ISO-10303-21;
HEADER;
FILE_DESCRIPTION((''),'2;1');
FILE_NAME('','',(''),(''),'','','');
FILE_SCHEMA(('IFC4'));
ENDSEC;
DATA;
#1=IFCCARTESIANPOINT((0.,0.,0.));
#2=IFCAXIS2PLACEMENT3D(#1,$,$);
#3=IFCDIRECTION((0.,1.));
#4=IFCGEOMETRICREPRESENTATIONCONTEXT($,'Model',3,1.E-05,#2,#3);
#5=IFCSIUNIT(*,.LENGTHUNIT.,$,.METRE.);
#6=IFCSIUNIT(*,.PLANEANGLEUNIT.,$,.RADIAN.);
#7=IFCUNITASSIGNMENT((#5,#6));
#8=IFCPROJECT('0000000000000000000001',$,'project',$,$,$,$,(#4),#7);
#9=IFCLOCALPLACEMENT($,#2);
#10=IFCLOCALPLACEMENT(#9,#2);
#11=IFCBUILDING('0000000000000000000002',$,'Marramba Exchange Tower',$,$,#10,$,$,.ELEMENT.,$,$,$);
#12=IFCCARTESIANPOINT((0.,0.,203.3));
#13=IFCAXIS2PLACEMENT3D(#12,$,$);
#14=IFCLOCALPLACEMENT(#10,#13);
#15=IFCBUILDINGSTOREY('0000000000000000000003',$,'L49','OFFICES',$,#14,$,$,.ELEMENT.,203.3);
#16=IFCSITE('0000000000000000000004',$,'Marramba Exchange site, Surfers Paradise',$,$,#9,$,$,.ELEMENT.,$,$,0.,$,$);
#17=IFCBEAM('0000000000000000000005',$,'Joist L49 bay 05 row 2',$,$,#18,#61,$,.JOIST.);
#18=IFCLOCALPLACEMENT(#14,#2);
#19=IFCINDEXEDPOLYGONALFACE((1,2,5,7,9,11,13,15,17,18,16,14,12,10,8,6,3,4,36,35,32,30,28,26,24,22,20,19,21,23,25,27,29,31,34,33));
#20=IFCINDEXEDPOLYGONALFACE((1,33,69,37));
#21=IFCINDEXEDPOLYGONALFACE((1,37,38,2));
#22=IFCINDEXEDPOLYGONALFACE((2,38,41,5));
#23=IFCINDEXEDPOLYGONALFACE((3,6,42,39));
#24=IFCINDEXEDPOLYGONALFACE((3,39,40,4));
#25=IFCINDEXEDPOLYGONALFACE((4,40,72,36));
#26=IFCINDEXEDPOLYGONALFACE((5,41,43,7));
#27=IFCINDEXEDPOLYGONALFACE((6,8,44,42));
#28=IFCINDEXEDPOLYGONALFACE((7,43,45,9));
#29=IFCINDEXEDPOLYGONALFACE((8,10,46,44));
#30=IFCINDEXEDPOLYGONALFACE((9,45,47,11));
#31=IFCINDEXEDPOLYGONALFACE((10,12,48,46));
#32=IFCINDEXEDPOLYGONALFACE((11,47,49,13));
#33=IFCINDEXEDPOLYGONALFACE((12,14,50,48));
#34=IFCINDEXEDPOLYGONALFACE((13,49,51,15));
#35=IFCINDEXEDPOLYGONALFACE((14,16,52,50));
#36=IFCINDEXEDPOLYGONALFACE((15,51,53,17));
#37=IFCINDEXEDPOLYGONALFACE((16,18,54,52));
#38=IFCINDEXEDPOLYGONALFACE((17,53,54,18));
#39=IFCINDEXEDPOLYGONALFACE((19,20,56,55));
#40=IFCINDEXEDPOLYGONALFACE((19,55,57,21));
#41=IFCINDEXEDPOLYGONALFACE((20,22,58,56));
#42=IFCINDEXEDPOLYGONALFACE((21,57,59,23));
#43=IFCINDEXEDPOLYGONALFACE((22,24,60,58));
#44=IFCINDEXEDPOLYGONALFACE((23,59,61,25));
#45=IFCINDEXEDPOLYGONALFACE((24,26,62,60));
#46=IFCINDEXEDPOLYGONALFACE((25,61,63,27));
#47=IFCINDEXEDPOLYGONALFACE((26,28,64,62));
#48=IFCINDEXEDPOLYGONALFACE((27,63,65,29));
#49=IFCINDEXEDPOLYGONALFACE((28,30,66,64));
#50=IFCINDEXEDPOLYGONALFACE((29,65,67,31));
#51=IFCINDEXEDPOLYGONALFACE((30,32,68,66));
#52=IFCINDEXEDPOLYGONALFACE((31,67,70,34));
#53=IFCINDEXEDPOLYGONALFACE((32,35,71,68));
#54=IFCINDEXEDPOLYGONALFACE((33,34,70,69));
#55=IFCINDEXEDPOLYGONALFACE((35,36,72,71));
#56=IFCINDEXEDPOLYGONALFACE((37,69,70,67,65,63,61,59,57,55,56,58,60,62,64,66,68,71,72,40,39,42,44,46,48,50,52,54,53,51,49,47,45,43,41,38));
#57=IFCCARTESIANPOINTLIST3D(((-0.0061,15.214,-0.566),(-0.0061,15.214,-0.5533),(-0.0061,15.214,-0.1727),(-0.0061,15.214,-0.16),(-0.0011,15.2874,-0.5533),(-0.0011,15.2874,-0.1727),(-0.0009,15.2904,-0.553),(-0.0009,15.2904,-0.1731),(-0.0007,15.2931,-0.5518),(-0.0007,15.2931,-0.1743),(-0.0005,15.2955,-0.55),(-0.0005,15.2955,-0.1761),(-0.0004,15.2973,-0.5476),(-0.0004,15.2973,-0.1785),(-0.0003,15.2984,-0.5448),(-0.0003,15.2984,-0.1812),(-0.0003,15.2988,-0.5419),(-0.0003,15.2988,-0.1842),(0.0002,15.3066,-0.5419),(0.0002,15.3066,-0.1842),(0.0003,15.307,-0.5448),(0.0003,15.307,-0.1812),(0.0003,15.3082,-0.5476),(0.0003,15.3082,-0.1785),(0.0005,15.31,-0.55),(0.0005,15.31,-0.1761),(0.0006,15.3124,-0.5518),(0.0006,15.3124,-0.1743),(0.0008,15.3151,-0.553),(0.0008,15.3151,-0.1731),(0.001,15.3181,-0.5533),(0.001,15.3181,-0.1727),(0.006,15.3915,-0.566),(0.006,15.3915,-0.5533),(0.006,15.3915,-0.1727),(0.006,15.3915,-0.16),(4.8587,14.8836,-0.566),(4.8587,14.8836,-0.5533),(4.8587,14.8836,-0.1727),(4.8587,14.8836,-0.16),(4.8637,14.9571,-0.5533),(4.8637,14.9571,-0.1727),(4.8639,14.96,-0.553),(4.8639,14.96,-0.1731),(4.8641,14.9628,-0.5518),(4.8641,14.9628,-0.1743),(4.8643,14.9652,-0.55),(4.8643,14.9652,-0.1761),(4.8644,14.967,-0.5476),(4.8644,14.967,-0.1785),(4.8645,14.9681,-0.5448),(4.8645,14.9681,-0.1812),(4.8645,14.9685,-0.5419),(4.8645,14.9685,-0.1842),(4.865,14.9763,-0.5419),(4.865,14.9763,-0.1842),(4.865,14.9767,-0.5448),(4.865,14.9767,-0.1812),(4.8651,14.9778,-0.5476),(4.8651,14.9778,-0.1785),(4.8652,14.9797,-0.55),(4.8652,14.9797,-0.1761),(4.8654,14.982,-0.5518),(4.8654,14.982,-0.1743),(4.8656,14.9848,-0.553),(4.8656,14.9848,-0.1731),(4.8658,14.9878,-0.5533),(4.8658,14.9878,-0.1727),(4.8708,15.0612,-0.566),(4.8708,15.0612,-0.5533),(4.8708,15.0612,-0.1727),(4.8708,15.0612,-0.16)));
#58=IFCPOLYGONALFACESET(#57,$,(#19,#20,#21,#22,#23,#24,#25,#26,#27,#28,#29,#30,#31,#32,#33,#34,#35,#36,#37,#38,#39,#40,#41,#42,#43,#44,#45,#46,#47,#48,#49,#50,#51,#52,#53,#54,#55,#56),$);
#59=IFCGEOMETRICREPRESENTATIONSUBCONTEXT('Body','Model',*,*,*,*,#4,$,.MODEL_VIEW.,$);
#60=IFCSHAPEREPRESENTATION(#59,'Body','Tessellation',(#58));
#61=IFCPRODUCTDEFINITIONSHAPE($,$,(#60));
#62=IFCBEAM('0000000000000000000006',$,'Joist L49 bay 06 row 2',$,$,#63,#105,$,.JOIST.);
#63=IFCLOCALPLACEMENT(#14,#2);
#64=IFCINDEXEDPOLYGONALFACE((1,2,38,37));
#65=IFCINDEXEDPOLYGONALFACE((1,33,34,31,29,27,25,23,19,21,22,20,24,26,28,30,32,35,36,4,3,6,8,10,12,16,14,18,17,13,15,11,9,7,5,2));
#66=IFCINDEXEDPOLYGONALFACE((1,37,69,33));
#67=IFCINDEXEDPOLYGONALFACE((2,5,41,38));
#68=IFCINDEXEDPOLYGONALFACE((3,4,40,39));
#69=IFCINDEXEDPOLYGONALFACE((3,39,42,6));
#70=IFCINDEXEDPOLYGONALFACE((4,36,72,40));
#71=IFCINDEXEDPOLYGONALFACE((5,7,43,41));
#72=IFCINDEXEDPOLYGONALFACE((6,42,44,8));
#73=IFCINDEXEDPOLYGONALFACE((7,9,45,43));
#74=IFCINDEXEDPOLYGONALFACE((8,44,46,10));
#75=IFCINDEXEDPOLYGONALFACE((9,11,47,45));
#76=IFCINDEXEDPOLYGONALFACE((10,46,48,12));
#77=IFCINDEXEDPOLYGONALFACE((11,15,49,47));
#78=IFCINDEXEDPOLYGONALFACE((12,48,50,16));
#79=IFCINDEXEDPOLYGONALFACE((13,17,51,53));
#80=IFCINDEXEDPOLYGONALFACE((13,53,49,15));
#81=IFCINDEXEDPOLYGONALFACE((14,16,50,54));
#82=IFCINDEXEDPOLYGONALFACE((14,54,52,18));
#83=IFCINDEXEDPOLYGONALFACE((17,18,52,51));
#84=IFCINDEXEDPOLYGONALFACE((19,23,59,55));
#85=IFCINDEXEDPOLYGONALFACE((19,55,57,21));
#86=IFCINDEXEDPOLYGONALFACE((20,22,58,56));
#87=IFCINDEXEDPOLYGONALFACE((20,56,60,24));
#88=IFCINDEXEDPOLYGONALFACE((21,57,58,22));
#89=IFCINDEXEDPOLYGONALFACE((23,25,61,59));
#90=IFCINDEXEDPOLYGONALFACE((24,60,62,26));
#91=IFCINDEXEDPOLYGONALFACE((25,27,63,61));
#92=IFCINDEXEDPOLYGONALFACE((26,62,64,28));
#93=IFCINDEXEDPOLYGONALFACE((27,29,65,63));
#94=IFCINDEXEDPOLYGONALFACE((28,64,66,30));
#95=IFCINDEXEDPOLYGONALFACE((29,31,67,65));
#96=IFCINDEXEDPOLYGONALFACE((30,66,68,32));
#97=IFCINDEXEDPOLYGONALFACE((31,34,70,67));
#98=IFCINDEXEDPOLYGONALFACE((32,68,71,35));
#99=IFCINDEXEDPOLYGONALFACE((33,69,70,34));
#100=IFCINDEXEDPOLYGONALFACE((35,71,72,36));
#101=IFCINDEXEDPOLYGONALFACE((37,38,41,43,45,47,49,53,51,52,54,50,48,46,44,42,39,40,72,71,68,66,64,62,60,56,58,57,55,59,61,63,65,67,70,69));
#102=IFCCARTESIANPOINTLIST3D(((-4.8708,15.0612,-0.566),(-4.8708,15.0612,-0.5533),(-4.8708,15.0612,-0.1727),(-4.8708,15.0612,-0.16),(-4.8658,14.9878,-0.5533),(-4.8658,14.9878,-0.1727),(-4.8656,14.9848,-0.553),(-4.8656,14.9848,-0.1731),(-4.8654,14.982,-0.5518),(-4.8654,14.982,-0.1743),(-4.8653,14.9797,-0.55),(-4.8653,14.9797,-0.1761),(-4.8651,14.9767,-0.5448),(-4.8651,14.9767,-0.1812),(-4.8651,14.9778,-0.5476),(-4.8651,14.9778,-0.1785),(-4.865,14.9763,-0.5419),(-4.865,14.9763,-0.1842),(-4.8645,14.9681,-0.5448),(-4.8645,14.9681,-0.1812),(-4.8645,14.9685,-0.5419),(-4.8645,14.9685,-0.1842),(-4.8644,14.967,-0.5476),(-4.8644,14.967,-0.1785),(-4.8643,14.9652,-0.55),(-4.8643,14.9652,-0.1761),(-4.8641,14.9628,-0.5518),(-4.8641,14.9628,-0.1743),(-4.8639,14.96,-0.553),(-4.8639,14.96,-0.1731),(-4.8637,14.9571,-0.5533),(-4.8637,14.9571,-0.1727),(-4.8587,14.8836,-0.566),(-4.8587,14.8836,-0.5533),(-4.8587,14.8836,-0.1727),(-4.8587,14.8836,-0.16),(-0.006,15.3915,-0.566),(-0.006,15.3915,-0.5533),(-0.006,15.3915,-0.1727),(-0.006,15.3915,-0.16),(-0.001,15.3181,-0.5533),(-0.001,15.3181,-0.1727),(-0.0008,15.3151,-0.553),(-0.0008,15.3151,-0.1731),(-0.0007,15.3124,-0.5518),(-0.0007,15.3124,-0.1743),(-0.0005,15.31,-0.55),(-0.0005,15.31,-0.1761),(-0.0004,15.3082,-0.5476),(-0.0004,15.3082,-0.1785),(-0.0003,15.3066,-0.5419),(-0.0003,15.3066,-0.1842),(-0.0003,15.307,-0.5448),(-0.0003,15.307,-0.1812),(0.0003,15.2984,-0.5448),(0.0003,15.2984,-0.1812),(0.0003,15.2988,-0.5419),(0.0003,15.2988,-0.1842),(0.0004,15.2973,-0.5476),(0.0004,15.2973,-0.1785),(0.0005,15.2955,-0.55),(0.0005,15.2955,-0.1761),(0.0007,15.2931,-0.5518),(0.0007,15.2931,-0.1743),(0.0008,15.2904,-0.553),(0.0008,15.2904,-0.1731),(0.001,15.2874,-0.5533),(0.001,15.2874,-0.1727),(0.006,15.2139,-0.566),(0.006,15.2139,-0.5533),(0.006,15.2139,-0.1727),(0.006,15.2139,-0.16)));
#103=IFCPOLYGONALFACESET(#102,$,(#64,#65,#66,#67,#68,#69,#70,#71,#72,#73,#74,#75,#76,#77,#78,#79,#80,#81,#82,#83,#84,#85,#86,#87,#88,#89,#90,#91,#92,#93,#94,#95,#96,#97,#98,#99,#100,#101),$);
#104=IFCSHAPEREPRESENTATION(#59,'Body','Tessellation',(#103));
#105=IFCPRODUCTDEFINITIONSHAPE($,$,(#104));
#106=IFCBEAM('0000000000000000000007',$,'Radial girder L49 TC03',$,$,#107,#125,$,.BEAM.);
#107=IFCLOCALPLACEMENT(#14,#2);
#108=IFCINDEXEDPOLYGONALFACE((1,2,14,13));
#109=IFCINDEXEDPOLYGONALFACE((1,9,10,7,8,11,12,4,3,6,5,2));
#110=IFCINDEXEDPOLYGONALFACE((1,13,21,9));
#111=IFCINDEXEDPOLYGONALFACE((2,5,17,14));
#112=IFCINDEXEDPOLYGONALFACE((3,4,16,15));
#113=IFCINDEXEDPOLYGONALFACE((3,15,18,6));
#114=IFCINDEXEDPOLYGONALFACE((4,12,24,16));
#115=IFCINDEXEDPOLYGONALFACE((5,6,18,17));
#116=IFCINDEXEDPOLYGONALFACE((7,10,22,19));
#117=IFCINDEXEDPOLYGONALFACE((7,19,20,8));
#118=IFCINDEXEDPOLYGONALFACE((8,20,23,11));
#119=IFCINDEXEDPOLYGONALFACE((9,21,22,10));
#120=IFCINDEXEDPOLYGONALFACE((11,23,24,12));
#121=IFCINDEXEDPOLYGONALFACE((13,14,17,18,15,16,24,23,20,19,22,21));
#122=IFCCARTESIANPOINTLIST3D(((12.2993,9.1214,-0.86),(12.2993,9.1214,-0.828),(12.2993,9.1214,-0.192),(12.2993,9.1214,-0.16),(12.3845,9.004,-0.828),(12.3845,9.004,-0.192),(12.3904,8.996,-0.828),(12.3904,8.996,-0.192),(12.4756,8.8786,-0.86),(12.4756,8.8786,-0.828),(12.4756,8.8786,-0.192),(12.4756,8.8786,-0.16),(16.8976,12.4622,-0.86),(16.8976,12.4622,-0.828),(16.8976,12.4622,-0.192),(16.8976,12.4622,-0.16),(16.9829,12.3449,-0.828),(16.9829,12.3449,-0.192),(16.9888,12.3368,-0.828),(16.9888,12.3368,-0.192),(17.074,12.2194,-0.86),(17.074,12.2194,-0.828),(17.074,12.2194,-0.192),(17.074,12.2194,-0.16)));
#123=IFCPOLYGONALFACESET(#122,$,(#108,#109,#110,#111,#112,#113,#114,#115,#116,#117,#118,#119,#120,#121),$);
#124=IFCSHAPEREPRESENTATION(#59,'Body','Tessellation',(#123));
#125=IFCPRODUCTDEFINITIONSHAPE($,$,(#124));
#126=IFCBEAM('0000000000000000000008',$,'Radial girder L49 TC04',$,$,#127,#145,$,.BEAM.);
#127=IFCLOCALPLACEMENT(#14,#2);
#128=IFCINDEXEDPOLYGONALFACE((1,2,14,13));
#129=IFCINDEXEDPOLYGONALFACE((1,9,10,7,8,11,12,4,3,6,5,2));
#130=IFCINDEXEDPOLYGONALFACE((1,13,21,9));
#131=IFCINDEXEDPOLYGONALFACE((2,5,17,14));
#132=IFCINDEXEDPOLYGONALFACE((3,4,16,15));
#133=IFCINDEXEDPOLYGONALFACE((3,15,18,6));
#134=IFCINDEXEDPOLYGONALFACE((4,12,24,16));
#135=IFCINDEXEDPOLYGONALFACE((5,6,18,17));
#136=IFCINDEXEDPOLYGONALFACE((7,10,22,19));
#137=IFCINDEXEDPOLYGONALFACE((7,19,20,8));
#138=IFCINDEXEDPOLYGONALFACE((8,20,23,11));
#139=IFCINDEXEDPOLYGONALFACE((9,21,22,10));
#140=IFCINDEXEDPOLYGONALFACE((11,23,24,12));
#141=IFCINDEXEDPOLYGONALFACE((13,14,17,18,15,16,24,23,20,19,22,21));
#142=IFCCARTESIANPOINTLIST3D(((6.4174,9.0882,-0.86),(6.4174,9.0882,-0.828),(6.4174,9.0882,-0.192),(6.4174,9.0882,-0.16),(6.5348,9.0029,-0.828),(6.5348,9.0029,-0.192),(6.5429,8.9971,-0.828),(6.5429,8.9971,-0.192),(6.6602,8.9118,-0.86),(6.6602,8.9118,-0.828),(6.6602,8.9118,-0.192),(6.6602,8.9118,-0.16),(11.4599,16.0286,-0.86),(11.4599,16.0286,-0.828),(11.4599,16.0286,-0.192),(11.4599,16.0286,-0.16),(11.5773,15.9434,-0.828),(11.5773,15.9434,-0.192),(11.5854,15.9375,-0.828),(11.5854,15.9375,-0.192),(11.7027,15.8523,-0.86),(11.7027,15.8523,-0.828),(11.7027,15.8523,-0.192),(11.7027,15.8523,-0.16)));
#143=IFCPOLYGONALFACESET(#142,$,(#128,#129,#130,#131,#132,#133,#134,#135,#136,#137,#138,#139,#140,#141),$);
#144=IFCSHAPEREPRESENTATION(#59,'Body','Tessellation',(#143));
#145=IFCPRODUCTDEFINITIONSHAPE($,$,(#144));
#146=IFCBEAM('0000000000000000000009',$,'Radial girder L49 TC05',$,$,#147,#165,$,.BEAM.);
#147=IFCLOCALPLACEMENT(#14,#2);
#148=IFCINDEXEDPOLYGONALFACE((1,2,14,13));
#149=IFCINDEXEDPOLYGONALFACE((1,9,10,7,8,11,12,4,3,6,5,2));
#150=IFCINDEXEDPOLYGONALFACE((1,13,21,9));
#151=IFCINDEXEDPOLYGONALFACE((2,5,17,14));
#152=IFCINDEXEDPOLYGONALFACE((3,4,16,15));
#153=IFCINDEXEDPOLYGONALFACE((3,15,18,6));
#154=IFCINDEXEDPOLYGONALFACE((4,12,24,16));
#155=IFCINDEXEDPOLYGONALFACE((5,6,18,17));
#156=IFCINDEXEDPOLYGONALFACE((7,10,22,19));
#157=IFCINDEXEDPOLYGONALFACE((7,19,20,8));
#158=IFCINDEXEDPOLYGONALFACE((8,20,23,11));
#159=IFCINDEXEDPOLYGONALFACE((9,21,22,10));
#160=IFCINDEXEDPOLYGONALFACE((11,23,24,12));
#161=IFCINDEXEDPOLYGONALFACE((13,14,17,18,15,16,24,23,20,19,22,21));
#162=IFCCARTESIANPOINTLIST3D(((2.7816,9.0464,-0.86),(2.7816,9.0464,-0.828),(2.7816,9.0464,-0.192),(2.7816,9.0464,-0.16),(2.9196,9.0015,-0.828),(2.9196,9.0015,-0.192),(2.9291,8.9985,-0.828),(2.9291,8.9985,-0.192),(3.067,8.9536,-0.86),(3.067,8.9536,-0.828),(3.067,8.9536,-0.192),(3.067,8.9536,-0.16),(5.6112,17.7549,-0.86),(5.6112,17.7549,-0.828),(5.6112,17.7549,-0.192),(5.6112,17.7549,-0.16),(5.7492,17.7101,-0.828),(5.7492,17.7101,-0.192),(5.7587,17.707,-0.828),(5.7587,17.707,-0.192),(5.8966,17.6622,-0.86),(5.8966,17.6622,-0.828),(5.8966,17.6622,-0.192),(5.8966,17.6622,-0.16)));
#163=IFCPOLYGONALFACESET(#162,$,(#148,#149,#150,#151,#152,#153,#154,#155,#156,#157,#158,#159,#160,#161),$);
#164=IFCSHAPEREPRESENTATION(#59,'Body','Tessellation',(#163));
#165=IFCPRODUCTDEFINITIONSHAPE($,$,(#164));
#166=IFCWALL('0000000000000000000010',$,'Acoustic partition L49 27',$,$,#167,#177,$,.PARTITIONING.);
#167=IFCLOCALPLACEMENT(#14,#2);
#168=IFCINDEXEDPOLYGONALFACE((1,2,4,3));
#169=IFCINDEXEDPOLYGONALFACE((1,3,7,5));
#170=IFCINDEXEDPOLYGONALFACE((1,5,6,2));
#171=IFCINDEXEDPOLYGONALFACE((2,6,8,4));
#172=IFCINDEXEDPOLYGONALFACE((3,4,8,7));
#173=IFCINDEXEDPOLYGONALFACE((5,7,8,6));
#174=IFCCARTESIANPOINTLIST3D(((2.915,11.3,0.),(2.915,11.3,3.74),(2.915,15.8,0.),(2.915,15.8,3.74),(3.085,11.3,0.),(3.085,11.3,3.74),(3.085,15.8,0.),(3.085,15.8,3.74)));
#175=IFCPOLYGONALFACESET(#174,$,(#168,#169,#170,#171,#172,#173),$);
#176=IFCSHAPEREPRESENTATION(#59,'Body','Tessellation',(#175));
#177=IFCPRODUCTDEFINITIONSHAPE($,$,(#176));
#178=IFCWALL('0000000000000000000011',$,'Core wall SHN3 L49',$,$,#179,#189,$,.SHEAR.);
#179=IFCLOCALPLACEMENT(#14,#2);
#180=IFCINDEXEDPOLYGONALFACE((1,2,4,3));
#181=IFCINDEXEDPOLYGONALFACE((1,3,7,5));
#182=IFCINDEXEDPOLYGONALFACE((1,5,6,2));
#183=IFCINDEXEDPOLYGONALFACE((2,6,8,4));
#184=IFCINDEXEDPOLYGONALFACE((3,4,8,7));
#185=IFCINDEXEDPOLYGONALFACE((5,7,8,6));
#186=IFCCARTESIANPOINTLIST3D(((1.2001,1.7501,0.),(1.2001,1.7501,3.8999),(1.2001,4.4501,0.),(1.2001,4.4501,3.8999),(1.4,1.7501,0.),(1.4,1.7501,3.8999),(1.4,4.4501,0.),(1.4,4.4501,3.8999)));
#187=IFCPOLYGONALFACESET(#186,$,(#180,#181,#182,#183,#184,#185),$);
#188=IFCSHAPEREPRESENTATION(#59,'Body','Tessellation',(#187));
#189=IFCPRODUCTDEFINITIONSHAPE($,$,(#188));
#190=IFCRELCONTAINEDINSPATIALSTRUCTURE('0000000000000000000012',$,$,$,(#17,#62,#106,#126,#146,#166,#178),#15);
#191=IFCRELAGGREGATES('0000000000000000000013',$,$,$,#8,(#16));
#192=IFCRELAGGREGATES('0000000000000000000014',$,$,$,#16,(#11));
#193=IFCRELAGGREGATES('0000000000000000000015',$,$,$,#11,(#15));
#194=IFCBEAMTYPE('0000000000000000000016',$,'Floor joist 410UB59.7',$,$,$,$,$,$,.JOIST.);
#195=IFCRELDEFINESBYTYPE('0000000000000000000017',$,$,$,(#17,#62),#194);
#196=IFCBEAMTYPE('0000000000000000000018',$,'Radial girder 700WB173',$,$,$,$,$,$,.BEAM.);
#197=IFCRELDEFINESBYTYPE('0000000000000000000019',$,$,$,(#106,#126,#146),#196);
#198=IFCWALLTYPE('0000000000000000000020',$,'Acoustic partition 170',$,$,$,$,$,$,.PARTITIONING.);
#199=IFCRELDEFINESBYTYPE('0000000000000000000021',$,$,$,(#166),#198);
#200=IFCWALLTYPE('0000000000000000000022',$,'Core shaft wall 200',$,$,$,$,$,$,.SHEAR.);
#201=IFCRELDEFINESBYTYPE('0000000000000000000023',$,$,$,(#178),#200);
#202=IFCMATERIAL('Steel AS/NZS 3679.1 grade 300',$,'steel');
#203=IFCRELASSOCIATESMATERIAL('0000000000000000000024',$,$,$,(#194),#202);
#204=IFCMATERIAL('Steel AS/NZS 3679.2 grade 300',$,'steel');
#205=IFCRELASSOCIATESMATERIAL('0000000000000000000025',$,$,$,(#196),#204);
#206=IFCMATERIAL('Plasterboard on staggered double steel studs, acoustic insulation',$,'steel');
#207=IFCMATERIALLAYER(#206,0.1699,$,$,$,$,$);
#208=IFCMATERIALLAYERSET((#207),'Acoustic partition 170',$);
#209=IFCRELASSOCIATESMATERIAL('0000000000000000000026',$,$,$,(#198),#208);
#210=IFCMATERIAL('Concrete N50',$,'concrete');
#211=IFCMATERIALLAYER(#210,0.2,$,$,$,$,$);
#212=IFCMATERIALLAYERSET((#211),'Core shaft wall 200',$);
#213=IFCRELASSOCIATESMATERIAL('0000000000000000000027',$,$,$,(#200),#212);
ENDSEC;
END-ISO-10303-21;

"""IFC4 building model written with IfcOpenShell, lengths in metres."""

from ifc_helpers import new_model, si_unit, direction, frame, frame_2d, origin, origin_2d, place, context, subcontext, project, spatial, rectangle, i_section, extrude, material, layer, layer_set, material_profile, profile_set, type_object, element, save


model = new_model("IFC4")

# Units and contexts
model_context = context("Model", 3, precision=1e-05, world=origin(), true_north=direction((0.0, 1.0)))
body_context = subcontext(model_context, "Body", "Model", "MODEL_VIEW")
ifc_project = project(units=[si_unit("LENGTHUNIT", "METRE"), si_unit("PLANEANGLEUNIT", "RADIAN")], contexts=[model_context])

# Site, building, storey
site_placement = place(None, origin())
site = spatial("IfcSite", under=ifc_project, at=site_placement, Name="Marramba Exchange site, Surfers Paradise", CompositionType="ELEMENT", RefElevation=0.0)
building_placement = place(site_placement, origin())
building = spatial("IfcBuilding", under=site, at=building_placement, Name="Marramba Exchange Tower", CompositionType="ELEMENT")
storey_placement = place(building_placement, frame((0.0, 0.0, 203.3)))
storey = spatial("IfcBuildingStorey", under=building, at=storey_placement, Name="L49", Description="OFFICES", CompositionType="ELEMENT", Elevation=203.3)

# Beams
ifc_material_1 = material(Name="Steel AS/NZS 3679.1 grade 300", Category="steel")
ifc_material_profile_1 = material_profile(ifc_material_1, i_section(OverallWidth=0.178, OverallDepth=0.406, WebThickness=0.0078, FlangeThickness=0.0127, FilletRadius=0.0115, at=origin_2d()), Name="410UB59.7")
ifc_profile_set_1 = profile_set([ifc_material_profile_1], Name="Steel AS/NZS 3679.1 grade 300")
beam_type_1 = type_object("IfcBeamType", Name="Floor joist 410UB59.7", PredefinedType="JOIST", material=ifc_profile_set_1)
for number, where, z_axis, x_axis, name in (
    (1, (4.8647, 14.9724, -0.363), (-0.997703, 0.067745, 0.0), (-0.067745, -0.997703, 0.0), "Joist L49 bay 05 row 2"),
    (2, (0.0, 15.3027, -0.363), (-0.997703, -0.067745, 0.0), (0.067745, -0.997703, 0.0), "Joist L49 bay 06 row 2"),
):
    element("IfcBeam", number, at=place(storey_placement, frame(where, z_axis=z_axis, x_axis=x_axis)), inside=storey, type_object=beam_type_1, Name=name, PredefinedType="JOIST", context=body_context, shape_type="SweptSolid", body=[
        extrude(i_section(OverallWidth=0.178, OverallDepth=0.406, WebThickness=0.0078, FlangeThickness=0.0127, FilletRadius=0.0115, at=origin_2d()), origin(), (0.0, 0.0, 1.0), 4.876),
    ])
ifc_material_2 = material(Name="Steel AS/NZS 3679.2 grade 300", Category="steel")
ifc_material_profile_2 = material_profile(ifc_material_2, i_section(OverallWidth=0.3, OverallDepth=0.7, WebThickness=0.01, FlangeThickness=0.032, at=origin_2d()), Name="700WB173")
ifc_profile_set_2 = profile_set([ifc_material_profile_2], Name="Steel AS/NZS 3679.2 grade 300")
beam_type_2 = type_object("IfcBeamType", Name="Radial girder 700WB173", PredefinedType="BEAM", material=ifc_profile_set_2)
beam_1_placement = place(storey_placement, frame((12.3875, 9.0, -0.51), z_axis=(0.809026, 0.587773, 0.0), x_axis=(-0.587773, 0.809026, 0.0)))
element("IfcBeam", 3, at=beam_1_placement, inside=storey, type_object=beam_type_2, Name="Radial girder L49 TC03", PredefinedType="BEAM", context=body_context, shape_type="SweptSolid", body=[
    extrude(i_section(OverallWidth=0.3, OverallDepth=0.7, WebThickness=0.01, FlangeThickness=0.032, at=origin_2d()), origin(), (0.0, 0.0, 1.0), 5.6838),
])
beam_2_placement = place(storey_placement, frame((6.5388, 9.0, -0.51), z_axis=(0.587782, 0.809019, 0.0), x_axis=(-0.809019, 0.587782, 0.0)))
element("IfcBeam", 4, at=beam_2_placement, inside=storey, type_object=beam_type_2, Name="Radial girder L49 TC04", PredefinedType="BEAM", context=body_context, shape_type="SweptSolid", body=[
    extrude(i_section(OverallWidth=0.3, OverallDepth=0.7, WebThickness=0.01, FlangeThickness=0.032, at=origin_2d()), origin(), (0.0, 0.0, 1.0), 8.5789),
])
beam_3_placement = place(storey_placement, frame((2.9243, 9.0, -0.51), z_axis=(0.30902, 0.951056, 0.0), x_axis=(-0.951056, 0.30902, 0.0)))
element("IfcBeam", 5, at=beam_3_placement, inside=storey, type_object=beam_type_2, Name="Radial girder L49 TC05", PredefinedType="BEAM", context=body_context, shape_type="SweptSolid", body=[
    extrude(i_section(OverallWidth=0.3, OverallDepth=0.7, WebThickness=0.01, FlangeThickness=0.032, at=origin_2d()), origin(), (0.0, 0.0, 1.0), 9.1567),
])

# Wall
ifc_material_3 = material(Name="Plasterboard on staggered double steel studs, acoustic insulation", Category="steel")
ifc_layer_1 = layer(ifc_material_3, 0.1699)
ifc_layer_set_1 = layer_set([ifc_layer_1], Name="Acoustic partition 170")
wall_type_1 = type_object("IfcWallType", Name="Acoustic partition 170", PredefinedType="PARTITIONING", material=ifc_layer_set_1)
wall_1_placement = place(storey_placement, frame((3.0, 15.8, 0.0), z_axis=(0.0, 0.0, 1.0), x_axis=(0.0, -1.0, 0.0)))
element("IfcWall", 6, at=wall_1_placement, inside=storey, type_object=wall_type_1, Name="Acoustic partition L49 27", PredefinedType="PARTITIONING", context=body_context, shape_type="SweptSolid", body=[
    extrude(rectangle(XDim=4.5, YDim=0.1699, at=frame_2d((2.25, 0.0))), origin(), (0.0, 0.0, 1.0), 3.74),
])

# Wall
ifc_material_4 = material(Name="Concrete N50", Category="concrete")
ifc_layer_2 = layer(ifc_material_4, 0.2)
ifc_layer_set_2 = layer_set([ifc_layer_2], Name="Core shaft wall 200")
wall_type_2 = type_object("IfcWallType", Name="Core shaft wall 200", PredefinedType="SHEAR", material=ifc_layer_set_2)
for number, where, z_axis, x_axis, name in (
    (7, (1.3, 1.75, 0.0), (0.0, 0.0, 1.0), (0.0, 1.0, 0.0), "Core wall SHN3 L49"),
):
    element("IfcWall", number, at=place(storey_placement, frame(where, z_axis=z_axis, x_axis=x_axis)), inside=storey, type_object=wall_type_2, Name=name, PredefinedType="SHEAR", context=body_context, shape_type="SweptSolid", body=[
        extrude(rectangle(XDim=2.7, YDim=0.2, at=frame_2d((1.3501, 0.0))), origin(), (0.0, 0.0, 1.0), 3.8999),
    ])

save(model, "model.ifc")
